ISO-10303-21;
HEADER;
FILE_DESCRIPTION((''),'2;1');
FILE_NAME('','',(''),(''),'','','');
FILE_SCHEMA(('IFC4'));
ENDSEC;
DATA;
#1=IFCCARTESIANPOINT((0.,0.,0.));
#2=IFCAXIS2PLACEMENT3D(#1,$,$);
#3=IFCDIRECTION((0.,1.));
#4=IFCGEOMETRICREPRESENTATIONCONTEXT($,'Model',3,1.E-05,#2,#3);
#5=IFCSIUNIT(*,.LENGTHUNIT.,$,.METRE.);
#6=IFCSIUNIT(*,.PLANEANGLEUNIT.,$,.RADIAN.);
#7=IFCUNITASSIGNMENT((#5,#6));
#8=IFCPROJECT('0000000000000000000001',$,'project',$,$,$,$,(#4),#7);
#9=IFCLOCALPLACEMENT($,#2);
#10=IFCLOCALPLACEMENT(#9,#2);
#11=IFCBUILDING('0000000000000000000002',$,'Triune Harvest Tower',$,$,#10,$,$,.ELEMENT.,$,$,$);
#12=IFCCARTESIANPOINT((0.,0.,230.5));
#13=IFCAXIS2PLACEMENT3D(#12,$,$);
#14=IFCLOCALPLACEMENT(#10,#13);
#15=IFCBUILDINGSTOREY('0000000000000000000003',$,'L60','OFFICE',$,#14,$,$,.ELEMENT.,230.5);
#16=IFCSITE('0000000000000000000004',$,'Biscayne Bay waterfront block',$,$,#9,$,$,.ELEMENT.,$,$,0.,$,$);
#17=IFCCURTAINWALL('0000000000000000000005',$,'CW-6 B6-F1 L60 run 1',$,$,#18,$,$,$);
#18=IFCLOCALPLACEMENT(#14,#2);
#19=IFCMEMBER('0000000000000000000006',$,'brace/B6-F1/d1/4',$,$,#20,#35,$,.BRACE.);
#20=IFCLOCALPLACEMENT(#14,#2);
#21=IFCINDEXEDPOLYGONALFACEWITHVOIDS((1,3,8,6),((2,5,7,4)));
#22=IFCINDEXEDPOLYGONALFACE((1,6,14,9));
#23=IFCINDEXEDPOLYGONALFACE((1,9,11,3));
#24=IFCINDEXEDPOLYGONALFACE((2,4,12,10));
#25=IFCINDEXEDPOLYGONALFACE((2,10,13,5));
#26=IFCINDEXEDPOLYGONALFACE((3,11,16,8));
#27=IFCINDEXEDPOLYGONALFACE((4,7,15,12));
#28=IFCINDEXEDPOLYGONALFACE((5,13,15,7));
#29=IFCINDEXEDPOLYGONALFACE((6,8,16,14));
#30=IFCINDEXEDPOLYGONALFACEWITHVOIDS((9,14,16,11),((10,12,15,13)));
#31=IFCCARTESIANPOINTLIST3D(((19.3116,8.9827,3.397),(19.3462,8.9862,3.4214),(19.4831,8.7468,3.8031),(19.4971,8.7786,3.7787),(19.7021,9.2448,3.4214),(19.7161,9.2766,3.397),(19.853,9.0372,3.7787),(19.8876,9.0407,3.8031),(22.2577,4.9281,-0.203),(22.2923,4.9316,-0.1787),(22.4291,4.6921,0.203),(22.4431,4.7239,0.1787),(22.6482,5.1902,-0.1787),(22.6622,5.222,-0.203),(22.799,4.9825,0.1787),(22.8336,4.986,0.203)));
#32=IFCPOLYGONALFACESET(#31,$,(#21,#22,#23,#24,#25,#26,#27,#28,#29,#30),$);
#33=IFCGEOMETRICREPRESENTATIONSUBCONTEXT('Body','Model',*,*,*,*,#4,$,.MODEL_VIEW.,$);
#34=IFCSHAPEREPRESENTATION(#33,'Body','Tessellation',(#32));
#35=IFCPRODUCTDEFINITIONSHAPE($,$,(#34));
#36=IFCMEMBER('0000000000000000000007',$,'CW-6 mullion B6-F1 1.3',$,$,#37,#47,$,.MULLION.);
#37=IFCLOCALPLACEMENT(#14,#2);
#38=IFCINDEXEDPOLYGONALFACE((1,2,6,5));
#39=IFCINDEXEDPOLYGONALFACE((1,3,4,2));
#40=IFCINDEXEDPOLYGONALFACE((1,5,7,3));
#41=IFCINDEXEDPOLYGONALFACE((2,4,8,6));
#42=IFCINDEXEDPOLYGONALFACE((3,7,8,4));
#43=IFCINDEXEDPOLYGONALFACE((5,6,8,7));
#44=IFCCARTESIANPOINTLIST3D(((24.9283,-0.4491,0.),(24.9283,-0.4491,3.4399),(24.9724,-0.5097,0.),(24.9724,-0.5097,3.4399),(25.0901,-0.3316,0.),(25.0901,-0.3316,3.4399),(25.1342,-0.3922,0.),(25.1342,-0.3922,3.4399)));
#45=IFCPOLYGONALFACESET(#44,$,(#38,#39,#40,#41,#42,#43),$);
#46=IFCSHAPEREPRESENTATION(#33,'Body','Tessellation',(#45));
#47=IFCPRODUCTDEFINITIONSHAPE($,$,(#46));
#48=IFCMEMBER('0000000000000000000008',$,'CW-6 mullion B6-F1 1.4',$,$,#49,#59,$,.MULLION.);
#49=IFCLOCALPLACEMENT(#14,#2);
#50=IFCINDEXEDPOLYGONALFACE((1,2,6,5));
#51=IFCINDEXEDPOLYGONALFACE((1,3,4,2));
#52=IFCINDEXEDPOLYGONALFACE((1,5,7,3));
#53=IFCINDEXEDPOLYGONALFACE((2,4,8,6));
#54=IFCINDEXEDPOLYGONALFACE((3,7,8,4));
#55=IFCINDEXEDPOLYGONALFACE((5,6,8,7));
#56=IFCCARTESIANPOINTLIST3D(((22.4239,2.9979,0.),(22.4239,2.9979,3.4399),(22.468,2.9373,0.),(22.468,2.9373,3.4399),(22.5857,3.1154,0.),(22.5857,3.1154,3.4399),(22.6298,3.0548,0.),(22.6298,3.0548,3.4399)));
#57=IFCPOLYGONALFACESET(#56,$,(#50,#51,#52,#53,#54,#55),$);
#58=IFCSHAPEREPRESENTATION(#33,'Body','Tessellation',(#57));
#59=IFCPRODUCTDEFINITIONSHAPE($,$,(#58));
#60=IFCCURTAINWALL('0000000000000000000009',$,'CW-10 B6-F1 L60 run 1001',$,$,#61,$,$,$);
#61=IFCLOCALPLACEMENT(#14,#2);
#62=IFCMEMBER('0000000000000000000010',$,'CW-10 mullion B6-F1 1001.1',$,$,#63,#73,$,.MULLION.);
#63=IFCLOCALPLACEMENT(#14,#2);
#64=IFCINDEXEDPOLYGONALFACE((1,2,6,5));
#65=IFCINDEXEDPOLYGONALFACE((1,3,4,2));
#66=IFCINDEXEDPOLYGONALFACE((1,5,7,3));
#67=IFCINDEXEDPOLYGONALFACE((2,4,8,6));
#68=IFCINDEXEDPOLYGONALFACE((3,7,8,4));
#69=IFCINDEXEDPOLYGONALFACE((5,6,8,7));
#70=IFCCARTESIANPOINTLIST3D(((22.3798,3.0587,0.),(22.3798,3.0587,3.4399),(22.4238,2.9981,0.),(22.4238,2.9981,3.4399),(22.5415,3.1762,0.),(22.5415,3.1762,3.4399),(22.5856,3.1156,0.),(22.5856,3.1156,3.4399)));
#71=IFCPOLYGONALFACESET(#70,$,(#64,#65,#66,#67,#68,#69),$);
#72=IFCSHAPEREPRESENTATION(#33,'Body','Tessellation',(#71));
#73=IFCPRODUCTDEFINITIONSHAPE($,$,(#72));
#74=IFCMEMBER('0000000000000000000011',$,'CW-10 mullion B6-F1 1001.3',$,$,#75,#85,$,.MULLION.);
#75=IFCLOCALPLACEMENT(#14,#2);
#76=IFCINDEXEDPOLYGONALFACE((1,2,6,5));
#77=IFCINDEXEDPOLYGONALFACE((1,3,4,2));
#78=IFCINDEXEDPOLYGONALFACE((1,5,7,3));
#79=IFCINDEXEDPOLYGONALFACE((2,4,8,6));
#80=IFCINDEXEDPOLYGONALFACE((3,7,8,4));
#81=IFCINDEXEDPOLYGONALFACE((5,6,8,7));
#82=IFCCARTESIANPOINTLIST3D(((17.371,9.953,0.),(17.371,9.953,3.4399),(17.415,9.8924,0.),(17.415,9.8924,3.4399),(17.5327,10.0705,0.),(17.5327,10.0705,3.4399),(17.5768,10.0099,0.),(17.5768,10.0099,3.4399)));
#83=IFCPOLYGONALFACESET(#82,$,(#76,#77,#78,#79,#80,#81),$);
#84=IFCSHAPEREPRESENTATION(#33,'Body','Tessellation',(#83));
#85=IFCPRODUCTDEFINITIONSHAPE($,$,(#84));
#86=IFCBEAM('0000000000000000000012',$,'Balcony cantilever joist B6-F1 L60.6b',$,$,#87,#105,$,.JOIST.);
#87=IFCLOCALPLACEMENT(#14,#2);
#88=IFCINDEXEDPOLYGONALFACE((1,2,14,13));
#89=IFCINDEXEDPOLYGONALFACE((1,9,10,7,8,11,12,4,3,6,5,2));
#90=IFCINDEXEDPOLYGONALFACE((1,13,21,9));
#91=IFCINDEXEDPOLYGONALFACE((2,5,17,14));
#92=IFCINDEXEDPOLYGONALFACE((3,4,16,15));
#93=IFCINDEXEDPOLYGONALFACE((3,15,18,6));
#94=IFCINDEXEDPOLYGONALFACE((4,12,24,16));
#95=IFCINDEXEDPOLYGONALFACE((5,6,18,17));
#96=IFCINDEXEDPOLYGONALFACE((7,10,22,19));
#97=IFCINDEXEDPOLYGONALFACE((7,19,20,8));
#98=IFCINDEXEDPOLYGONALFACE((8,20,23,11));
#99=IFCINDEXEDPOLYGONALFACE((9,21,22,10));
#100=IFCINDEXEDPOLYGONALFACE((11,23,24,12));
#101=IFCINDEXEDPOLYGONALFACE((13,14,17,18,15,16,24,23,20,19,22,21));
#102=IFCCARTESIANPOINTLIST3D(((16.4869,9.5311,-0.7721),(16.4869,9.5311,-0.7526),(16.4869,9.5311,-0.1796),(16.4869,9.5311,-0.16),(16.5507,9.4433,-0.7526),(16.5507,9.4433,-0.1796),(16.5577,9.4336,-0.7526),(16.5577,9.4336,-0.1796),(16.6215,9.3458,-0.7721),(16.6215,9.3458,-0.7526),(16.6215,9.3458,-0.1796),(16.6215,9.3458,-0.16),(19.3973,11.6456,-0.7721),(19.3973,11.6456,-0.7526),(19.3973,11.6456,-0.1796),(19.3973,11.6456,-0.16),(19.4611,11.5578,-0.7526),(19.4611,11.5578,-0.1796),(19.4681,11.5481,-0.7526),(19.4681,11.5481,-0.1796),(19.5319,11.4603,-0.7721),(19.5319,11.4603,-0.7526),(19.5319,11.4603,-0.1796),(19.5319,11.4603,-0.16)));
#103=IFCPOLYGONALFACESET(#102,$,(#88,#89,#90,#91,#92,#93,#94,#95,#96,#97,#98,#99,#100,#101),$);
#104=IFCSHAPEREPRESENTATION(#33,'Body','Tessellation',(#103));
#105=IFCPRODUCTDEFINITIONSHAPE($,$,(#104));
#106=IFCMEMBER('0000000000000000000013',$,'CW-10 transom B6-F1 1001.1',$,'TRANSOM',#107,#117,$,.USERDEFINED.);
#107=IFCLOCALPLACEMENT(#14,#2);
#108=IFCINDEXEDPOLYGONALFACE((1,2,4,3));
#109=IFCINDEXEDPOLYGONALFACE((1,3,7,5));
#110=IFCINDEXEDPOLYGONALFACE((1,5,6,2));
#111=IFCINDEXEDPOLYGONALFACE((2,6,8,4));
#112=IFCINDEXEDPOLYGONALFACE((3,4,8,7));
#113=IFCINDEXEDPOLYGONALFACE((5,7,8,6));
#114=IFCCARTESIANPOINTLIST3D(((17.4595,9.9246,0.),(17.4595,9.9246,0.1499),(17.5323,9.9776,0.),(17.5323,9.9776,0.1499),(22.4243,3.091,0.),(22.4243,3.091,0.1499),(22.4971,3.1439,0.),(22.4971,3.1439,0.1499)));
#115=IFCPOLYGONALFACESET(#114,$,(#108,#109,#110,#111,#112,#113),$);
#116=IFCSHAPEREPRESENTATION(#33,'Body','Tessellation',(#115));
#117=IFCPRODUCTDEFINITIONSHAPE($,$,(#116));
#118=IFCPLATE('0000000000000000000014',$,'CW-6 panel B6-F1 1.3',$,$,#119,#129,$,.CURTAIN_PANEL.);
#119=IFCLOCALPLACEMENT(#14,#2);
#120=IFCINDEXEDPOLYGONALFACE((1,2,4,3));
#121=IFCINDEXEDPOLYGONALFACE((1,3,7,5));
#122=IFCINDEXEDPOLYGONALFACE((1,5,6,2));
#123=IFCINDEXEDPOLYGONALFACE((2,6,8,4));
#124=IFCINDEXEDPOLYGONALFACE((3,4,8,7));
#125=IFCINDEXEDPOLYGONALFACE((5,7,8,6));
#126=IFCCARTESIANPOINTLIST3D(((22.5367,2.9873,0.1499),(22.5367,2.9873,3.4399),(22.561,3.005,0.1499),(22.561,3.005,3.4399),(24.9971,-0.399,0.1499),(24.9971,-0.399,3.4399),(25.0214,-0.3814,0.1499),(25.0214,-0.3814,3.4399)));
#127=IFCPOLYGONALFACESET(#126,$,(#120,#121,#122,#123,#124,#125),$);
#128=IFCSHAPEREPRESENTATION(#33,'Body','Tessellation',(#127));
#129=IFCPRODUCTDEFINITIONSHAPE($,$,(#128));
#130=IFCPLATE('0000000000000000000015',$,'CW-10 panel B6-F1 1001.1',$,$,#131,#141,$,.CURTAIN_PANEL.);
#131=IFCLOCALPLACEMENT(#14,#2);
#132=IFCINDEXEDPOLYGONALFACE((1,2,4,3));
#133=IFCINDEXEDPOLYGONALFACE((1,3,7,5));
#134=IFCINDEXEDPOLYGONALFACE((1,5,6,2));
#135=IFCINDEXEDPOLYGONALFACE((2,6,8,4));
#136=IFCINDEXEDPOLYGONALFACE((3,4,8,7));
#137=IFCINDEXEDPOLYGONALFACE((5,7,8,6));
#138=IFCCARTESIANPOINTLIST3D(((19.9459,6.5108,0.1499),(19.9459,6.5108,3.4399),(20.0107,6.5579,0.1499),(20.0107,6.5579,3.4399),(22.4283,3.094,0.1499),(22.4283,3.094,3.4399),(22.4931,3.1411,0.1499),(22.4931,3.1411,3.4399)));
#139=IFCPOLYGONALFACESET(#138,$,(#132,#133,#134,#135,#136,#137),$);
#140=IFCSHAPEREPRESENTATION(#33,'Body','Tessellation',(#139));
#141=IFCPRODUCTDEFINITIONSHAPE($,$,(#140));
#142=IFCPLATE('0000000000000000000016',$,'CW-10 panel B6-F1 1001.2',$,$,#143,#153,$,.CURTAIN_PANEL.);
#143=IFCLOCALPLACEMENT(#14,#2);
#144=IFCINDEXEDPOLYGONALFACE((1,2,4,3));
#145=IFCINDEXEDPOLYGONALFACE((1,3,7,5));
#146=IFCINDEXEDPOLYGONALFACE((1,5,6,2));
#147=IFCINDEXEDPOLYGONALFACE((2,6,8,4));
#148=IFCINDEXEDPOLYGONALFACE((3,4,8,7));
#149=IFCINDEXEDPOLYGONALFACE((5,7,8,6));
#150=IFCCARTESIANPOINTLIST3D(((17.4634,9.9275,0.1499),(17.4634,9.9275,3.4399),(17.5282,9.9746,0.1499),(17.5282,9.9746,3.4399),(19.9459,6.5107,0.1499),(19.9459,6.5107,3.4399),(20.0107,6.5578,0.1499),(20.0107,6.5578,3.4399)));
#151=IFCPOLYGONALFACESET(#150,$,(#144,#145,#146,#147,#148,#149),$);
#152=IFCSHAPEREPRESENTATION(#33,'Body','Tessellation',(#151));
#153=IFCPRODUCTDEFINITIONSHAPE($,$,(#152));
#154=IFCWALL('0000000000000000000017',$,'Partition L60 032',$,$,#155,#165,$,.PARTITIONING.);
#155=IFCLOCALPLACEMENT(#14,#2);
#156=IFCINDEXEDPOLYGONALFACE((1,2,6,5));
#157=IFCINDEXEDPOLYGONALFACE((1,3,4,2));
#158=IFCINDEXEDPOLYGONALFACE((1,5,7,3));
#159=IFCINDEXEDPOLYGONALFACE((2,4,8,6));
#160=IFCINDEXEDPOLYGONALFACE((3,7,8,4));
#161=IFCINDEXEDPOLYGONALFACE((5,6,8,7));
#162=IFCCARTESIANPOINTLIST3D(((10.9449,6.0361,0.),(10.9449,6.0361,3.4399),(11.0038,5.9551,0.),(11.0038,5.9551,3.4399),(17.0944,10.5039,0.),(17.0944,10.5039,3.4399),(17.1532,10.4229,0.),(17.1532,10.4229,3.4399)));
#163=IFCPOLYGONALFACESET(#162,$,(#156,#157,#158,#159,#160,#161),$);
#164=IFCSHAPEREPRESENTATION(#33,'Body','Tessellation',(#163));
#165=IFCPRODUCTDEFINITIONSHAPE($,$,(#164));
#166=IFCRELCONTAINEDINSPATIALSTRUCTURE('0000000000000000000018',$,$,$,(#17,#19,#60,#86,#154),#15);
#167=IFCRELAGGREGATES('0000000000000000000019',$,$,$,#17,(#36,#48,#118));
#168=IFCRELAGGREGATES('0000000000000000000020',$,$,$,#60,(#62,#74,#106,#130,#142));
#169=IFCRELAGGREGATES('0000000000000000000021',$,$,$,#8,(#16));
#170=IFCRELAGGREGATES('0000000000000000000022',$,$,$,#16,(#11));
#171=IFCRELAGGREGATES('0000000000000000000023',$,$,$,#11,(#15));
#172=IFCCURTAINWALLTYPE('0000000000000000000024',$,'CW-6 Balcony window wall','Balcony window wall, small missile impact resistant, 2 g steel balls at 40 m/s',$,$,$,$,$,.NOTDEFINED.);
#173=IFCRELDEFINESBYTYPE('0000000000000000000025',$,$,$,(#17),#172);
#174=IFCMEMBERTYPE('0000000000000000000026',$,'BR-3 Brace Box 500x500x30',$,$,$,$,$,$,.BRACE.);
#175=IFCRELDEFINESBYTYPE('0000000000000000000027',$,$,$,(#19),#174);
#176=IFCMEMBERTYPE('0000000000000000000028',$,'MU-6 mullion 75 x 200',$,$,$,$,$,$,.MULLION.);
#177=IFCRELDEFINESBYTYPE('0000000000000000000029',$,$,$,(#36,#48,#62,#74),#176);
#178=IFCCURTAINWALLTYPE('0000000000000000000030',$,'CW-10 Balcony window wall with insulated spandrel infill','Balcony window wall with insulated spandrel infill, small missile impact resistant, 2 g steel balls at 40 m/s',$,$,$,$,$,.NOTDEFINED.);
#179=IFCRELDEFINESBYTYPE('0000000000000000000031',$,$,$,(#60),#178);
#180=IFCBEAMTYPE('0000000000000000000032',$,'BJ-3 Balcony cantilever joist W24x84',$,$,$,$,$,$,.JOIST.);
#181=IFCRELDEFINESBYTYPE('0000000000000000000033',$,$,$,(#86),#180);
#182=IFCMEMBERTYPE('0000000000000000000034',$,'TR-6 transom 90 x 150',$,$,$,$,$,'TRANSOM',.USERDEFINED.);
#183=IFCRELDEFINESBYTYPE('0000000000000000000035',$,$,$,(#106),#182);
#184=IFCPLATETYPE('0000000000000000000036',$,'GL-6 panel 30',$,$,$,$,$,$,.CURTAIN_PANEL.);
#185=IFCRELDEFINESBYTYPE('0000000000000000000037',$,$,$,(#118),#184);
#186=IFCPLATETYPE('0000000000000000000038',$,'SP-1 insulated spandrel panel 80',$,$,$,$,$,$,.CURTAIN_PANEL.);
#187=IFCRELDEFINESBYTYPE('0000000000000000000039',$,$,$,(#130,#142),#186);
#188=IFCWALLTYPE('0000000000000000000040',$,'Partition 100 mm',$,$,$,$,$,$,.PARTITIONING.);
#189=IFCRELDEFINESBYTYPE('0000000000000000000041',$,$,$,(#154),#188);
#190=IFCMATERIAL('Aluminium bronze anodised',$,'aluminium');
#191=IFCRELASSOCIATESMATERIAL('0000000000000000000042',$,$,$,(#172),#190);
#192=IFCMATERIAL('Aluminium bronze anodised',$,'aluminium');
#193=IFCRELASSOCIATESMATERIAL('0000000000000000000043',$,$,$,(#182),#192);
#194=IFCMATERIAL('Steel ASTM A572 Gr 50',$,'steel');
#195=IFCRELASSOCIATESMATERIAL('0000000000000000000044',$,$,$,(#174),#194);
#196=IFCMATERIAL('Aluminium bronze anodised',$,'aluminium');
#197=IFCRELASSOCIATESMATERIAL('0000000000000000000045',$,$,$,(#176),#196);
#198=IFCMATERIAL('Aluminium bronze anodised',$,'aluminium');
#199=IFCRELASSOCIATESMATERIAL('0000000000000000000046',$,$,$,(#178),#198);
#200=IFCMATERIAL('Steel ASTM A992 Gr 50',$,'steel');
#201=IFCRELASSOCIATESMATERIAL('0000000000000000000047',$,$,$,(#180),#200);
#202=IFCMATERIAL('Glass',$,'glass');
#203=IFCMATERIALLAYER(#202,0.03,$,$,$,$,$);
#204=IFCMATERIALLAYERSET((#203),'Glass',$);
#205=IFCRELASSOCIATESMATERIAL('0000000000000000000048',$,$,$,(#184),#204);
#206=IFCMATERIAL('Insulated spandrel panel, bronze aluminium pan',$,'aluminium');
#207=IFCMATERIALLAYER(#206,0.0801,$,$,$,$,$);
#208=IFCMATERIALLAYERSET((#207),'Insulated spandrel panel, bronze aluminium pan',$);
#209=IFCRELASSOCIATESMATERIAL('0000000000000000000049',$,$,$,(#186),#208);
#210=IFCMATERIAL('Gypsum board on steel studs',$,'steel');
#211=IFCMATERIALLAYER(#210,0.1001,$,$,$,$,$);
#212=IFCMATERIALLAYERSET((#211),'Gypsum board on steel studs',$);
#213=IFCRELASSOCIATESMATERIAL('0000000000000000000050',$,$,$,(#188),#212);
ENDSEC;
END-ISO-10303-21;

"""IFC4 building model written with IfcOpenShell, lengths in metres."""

from ifc_helpers import new_model, si_unit, direction, frame, frame_2d, origin, origin_2d, place, context, subcontext, project, spatial, rectangle, hollow_rectangle, i_section, extrude, source, transform, mapped, material, layer, layer_set, material_profile, profile_set, type_object, element, aggregate, save


model = new_model("IFC4")

# Units and contexts
model_context = context("Model", 3, precision=1e-05, world=origin(), true_north=direction((0.0, 1.0)))
body_context = subcontext(model_context, "Body", "Model", "MODEL_VIEW")
ifc_project = project(units=[si_unit("LENGTHUNIT", "METRE"), si_unit("PLANEANGLEUNIT", "RADIAN")], contexts=[model_context])

# Site, building, storey
site_placement = place(None, origin())
site = spatial("IfcSite", under=ifc_project, at=site_placement, Name="Biscayne Bay waterfront block", CompositionType="ELEMENT", RefElevation=0.0)
building_placement = place(site_placement, origin())
building = spatial("IfcBuilding", under=site, at=building_placement, Name="Triune Harvest Tower", CompositionType="ELEMENT")
storey_placement = place(building_placement, frame((0.0, 0.0, 230.5)))
storey = spatial("IfcBuildingStorey", under=building, at=storey_placement, Name="L60", Description="OFFICE", CompositionType="ELEMENT", Elevation=230.5)

# Curtain wall
ifc_material_1 = material(Name="Aluminium bronze anodised", Category="aluminium")
curtain_wall_type_1 = type_object("IfcCurtainWallType", Name="CW-6 Balcony window wall", Description="Balcony window wall, small missile impact resistant, 2 g steel balls at 40 m/s", PredefinedType="NOTDEFINED", material=ifc_material_1)
curtain_wall_1_placement = place(storey_placement, origin())
curtain_wall_1 = element("IfcCurtainWall", 1, at=curtain_wall_1_placement, inside=storey, type_object=curtain_wall_type_1, Name="CW-6 B6-F1 L60 run 1")
ifc_material_2 = material(Name="Aluminium bronze anodised", Category="aluminium")
ifc_material_profile_1 = material_profile(ifc_material_2, rectangle(XDim=0.0901, YDim=0.1499, at=origin_2d()), Name="TR-6 transom 90 x 150")
ifc_profile_set_1 = profile_set([ifc_material_profile_1], Name="Aluminium bronze anodised")
member_type_1 = type_object("IfcMemberType", Name="TR-6 transom 90 x 150", ElementType="TRANSOM", PredefinedType="USERDEFINED", material=ifc_profile_set_1)

# Members
ifc_material_3 = material(Name="Steel ASTM A572 Gr 50", Category="steel")
ifc_material_profile_2 = material_profile(ifc_material_3, hollow_rectangle(XDim=0.5, YDim=0.5, WallThickness=0.03, at=origin_2d()), Name="Box 500x500x30")
ifc_profile_set_2 = profile_set([ifc_material_profile_2], Name="Steel ASTM A572 Gr 50")
member_type_2 = type_object("IfcMemberType", Name="BR-3 Brace Box 500x500x30", PredefinedType="BRACE", material=ifc_profile_set_2)
shared_shape_1 = source(origin(), body_context, "Body", "SweptSolid", [
    extrude(hollow_rectangle(XDim=0.5, YDim=0.5, WallThickness=0.03, at=origin_2d()), origin(), (0.0, 0.0, 1.0), 6.1709),
])
member_1_placement = place(storey_placement, frame((22.5457, 4.957, 0.0), z_axis=(-0.477407, 0.657063, 0.583396), x_axis=(-0.809004, -0.587804, 0.0)))
element("IfcMember", 2, at=member_1_placement, inside=storey, type_object=member_type_2, Name="brace/B6-F1/d1/4", PredefinedType="BRACE", context=body_context, shape_type="MappedRepresentation", body=[
    mapped(shared_shape_1, transform((0.0, 0.0, 0.0), scale=1.0)),
])
ifc_material_4 = material(Name="Aluminium bronze anodised", Category="aluminium")
ifc_material_profile_3 = material_profile(ifc_material_4, rectangle(XDim=0.2, YDim=0.075, at=origin_2d()), Name="MU-6 mullion 75 x 200")
ifc_profile_set_3 = profile_set([ifc_material_profile_3], Name="Aluminium bronze anodised")
member_type_3 = type_object("IfcMemberType", Name="MU-6 mullion 75 x 200", PredefinedType="MULLION", material=ifc_profile_set_3)
shared_shape_2 = source(origin(), body_context, "Body", "SweptSolid", [
    extrude(rectangle(XDim=0.2, YDim=0.075, at=origin_2d()), origin(), (0.0, 0.0, 1.0), 3.4399),
])
member_2_placement = place(storey_placement, frame((25.0312, -0.4207, 0.0), z_axis=(0.0, 0.0, 1.0), x_axis=(-0.809016, -0.587787, 0.0)))
member_2 = element("IfcMember", 3, at=member_2_placement, type_object=member_type_3, Name="CW-6 mullion B6-F1 1.3", PredefinedType="MULLION", context=body_context, shape_type="MappedRepresentation", body=[
    mapped(shared_shape_2, transform((0.0, 0.0, 0.0), scale=1.0)),
])
member_3_placement = place(storey_placement, frame((22.5269, 3.0264, 0.0), z_axis=(0.0, 0.0, 1.0), x_axis=(-0.809016, -0.587787, 0.0)))
member_3 = element("IfcMember", 4, at=member_3_placement, type_object=member_type_3, Name="CW-6 mullion B6-F1 1.4", PredefinedType="MULLION", context=body_context, shape_type="MappedRepresentation", body=[
    mapped(shared_shape_2, transform((0.0, 0.0, 0.0), scale=1.0)),
])

# Curtain wall, members
ifc_material_5 = material(Name="Aluminium bronze anodised", Category="aluminium")
curtain_wall_type_2 = type_object("IfcCurtainWallType", Name="CW-10 Balcony window wall with insulated spandrel infill", Description="Balcony window wall with insulated spandrel infill, small missile impact resistant, 2 g steel balls at 40 m/s", PredefinedType="NOTDEFINED", material=ifc_material_5)
curtain_wall_2_placement = place(storey_placement, origin())
curtain_wall_2 = element("IfcCurtainWall", 5, at=curtain_wall_2_placement, inside=storey, type_object=curtain_wall_type_2, Name="CW-10 B6-F1 L60 run 1001")
member_4_placement = place(storey_placement, frame((22.4827, 3.0872, 0.0), z_axis=(0.0, 0.0, 1.0), x_axis=(-0.809018, -0.587784, 0.0)))
member_4 = element("IfcMember", 6, at=member_4_placement, type_object=member_type_3, Name="CW-10 mullion B6-F1 1001.1", PredefinedType="MULLION", context=body_context, shape_type="MappedRepresentation", body=[
    mapped(shared_shape_2, transform((0.0, 0.0, 0.0), scale=1.0)),
])
member_5_placement = place(storey_placement, frame((17.4739, 9.9814, 0.0), z_axis=(0.0, 0.0, 1.0), x_axis=(-0.809018, -0.587784, 0.0)))
member_5 = element("IfcMember", 7, at=member_5_placement, type_object=member_type_3, Name="CW-10 mullion B6-F1 1001.3", PredefinedType="MULLION", context=body_context, shape_type="MappedRepresentation", body=[
    mapped(shared_shape_2, transform((0.0, 0.0, 0.0), scale=1.0)),
])

# Beam
ifc_material_6 = material(Name="Steel ASTM A992 Gr 50", Category="steel")
ifc_material_profile_4 = material_profile(ifc_material_6, i_section(OverallWidth=0.229, OverallDepth=0.6121, WebThickness=0.012, FlangeThickness=0.0195, at=origin_2d()), Name="W24x84")
ifc_profile_set_4 = profile_set([ifc_material_profile_4], Name="Steel ASTM A992 Gr 50")
beam_type_1 = type_object("IfcBeamType", Name="BJ-3 Balcony cantilever joist W24x84", PredefinedType="JOIST", material=ifc_profile_set_4)
shared_shape_3 = source(origin(), body_context, "Body", "SweptSolid", [
    extrude(i_section(OverallWidth=0.229, OverallDepth=0.6121, WebThickness=0.012, FlangeThickness=0.0195, at=origin_2d()), origin(), (0.0, 0.0, 1.0), 3.5974),
])
beam_1_placement = place(storey_placement, frame((16.5542, 9.4385, -0.4661), z_axis=(0.809021, 0.58778, 0.0), x_axis=(-0.58778, 0.809021, 0.0)))
element("IfcBeam", 8, at=beam_1_placement, inside=storey, type_object=beam_type_1, Name="Balcony cantilever joist B6-F1 L60.6b", PredefinedType="JOIST", context=body_context, shape_type="MappedRepresentation", body=[
    mapped(shared_shape_3, transform((0.0, 0.0, 0.0), scale=1.0)),
])

# Member
shared_shape_4 = source(origin(), body_context, "Body", "SweptSolid", [
    extrude(rectangle(XDim=0.0901, YDim=0.1499, at=origin_2d()), origin(), (0.0, 0.0, 1.0), 8.4468),
])
member_6_placement = place(storey_placement, frame((22.4607, 3.1174, 0.075), z_axis=(-0.587773, 0.809026, 0.0), x_axis=(-0.809026, -0.587773, 0.0)))
member_6 = element("IfcMember", 9, at=member_6_placement, type_object=member_type_1, Name="CW-10 transom B6-F1 1001.1", ObjectType="TRANSOM", PredefinedType="USERDEFINED", context=body_context, shape_type="MappedRepresentation", body=[
    mapped(shared_shape_4, transform((0.0, 0.0, 0.0), scale=1.0)),
])

# Plates
ifc_material_7 = material(Name="Glass", Category="glass")
ifc_layer_1 = layer(ifc_material_7, 0.03)
ifc_layer_set_1 = layer_set([ifc_layer_1], Name="Glass")
plate_type_1 = type_object("IfcPlateType", Name="GL-6 panel 30", PredefinedType="CURTAIN_PANEL", material=ifc_layer_set_1)
shared_shape_5 = source(origin(), body_context, "Body", "SweptSolid", [
    extrude(rectangle(XDim=4.1858, YDim=0.03, at=origin_2d()), origin(), (0.0, 0.0, 1.0), 3.29),
])
plate_1_placement = place(storey_placement, frame((23.7791, 1.303, 0.1499), z_axis=(0.0, 0.0, 1.0), x_axis=(-0.587787, 0.809016, 0.0)))
plate_1 = element("IfcPlate", 10, at=plate_1_placement, type_object=plate_type_1, Name="CW-6 panel B6-F1 1.3", PredefinedType="CURTAIN_PANEL", context=body_context, shape_type="MappedRepresentation", body=[
    mapped(shared_shape_5, transform((0.0, 0.0, 0.0), scale=1.0)),
])
aggregate(curtain_wall_1, [member_2, member_3, plate_1])
ifc_material_8 = material(Name="Insulated spandrel panel, bronze aluminium pan", Category="aluminium")
ifc_layer_2 = layer(ifc_material_8, 0.0801)
ifc_layer_set_2 = layer_set([ifc_layer_2], Name="Insulated spandrel panel, bronze aluminium pan")
plate_type_2 = type_object("IfcPlateType", Name="SP-1 insulated spandrel panel 80", PredefinedType="CURTAIN_PANEL", material=ifc_layer_set_2)
shared_shape_6 = source(origin(), body_context, "Body", "SweptSolid", [
    extrude(rectangle(XDim=4.2234, YDim=0.0801, at=origin_2d()), origin(), (0.0, 0.0, 1.0), 3.29),
])
plate_2_placement = place(storey_placement, frame((21.2195, 4.8259, 0.1499), z_axis=(0.0, 0.0, 1.0), x_axis=(-0.587784, 0.809018, 0.0)))
plate_2 = element("IfcPlate", 11, at=plate_2_placement, type_object=plate_type_2, Name="CW-10 panel B6-F1 1001.1", PredefinedType="CURTAIN_PANEL", context=body_context, shape_type="MappedRepresentation", body=[
    mapped(shared_shape_6, transform((0.0, 0.0, 0.0), scale=1.0)),
])
plate_3_placement = place(storey_placement, frame((18.7371, 8.2427, 0.1499), z_axis=(0.0, 0.0, 1.0), x_axis=(-0.587784, 0.809018, 0.0)))
plate_3 = element("IfcPlate", 12, at=plate_3_placement, type_object=plate_type_2, Name="CW-10 panel B6-F1 1001.2", PredefinedType="CURTAIN_PANEL", context=body_context, shape_type="MappedRepresentation", body=[
    mapped(shared_shape_6, transform((0.0, 0.0, 0.0), scale=1.0)),
])
aggregate(curtain_wall_2, [member_4, member_5, member_6, plate_2, plate_3])

# Wall
ifc_material_9 = material(Name="Gypsum board on steel studs", Category="steel")
ifc_layer_3 = layer(ifc_material_9, 0.1001)
ifc_layer_set_3 = layer_set([ifc_layer_3], Name="Gypsum board on steel studs")
wall_type_1 = type_object("IfcWallType", Name="Partition 100 mm", PredefinedType="PARTITIONING", material=ifc_layer_set_3)
wall_1_placement = place(storey_placement, frame((10.9744, 5.9956, 0.0), z_axis=(0.0, 0.0, 1.0), x_axis=(0.809019, 0.587782, 0.0)))
element("IfcWall", 13, at=wall_1_placement, inside=storey, type_object=wall_type_1, Name="Partition L60 032", PredefinedType="PARTITIONING", context=body_context, shape_type="SweptSolid", body=[
    extrude(rectangle(XDim=7.6011, YDim=0.1001, at=frame_2d((3.8005, 0.0))), origin(), (0.0, 0.0, 1.0), 3.4399),
])

save(model, "model.ifc")
